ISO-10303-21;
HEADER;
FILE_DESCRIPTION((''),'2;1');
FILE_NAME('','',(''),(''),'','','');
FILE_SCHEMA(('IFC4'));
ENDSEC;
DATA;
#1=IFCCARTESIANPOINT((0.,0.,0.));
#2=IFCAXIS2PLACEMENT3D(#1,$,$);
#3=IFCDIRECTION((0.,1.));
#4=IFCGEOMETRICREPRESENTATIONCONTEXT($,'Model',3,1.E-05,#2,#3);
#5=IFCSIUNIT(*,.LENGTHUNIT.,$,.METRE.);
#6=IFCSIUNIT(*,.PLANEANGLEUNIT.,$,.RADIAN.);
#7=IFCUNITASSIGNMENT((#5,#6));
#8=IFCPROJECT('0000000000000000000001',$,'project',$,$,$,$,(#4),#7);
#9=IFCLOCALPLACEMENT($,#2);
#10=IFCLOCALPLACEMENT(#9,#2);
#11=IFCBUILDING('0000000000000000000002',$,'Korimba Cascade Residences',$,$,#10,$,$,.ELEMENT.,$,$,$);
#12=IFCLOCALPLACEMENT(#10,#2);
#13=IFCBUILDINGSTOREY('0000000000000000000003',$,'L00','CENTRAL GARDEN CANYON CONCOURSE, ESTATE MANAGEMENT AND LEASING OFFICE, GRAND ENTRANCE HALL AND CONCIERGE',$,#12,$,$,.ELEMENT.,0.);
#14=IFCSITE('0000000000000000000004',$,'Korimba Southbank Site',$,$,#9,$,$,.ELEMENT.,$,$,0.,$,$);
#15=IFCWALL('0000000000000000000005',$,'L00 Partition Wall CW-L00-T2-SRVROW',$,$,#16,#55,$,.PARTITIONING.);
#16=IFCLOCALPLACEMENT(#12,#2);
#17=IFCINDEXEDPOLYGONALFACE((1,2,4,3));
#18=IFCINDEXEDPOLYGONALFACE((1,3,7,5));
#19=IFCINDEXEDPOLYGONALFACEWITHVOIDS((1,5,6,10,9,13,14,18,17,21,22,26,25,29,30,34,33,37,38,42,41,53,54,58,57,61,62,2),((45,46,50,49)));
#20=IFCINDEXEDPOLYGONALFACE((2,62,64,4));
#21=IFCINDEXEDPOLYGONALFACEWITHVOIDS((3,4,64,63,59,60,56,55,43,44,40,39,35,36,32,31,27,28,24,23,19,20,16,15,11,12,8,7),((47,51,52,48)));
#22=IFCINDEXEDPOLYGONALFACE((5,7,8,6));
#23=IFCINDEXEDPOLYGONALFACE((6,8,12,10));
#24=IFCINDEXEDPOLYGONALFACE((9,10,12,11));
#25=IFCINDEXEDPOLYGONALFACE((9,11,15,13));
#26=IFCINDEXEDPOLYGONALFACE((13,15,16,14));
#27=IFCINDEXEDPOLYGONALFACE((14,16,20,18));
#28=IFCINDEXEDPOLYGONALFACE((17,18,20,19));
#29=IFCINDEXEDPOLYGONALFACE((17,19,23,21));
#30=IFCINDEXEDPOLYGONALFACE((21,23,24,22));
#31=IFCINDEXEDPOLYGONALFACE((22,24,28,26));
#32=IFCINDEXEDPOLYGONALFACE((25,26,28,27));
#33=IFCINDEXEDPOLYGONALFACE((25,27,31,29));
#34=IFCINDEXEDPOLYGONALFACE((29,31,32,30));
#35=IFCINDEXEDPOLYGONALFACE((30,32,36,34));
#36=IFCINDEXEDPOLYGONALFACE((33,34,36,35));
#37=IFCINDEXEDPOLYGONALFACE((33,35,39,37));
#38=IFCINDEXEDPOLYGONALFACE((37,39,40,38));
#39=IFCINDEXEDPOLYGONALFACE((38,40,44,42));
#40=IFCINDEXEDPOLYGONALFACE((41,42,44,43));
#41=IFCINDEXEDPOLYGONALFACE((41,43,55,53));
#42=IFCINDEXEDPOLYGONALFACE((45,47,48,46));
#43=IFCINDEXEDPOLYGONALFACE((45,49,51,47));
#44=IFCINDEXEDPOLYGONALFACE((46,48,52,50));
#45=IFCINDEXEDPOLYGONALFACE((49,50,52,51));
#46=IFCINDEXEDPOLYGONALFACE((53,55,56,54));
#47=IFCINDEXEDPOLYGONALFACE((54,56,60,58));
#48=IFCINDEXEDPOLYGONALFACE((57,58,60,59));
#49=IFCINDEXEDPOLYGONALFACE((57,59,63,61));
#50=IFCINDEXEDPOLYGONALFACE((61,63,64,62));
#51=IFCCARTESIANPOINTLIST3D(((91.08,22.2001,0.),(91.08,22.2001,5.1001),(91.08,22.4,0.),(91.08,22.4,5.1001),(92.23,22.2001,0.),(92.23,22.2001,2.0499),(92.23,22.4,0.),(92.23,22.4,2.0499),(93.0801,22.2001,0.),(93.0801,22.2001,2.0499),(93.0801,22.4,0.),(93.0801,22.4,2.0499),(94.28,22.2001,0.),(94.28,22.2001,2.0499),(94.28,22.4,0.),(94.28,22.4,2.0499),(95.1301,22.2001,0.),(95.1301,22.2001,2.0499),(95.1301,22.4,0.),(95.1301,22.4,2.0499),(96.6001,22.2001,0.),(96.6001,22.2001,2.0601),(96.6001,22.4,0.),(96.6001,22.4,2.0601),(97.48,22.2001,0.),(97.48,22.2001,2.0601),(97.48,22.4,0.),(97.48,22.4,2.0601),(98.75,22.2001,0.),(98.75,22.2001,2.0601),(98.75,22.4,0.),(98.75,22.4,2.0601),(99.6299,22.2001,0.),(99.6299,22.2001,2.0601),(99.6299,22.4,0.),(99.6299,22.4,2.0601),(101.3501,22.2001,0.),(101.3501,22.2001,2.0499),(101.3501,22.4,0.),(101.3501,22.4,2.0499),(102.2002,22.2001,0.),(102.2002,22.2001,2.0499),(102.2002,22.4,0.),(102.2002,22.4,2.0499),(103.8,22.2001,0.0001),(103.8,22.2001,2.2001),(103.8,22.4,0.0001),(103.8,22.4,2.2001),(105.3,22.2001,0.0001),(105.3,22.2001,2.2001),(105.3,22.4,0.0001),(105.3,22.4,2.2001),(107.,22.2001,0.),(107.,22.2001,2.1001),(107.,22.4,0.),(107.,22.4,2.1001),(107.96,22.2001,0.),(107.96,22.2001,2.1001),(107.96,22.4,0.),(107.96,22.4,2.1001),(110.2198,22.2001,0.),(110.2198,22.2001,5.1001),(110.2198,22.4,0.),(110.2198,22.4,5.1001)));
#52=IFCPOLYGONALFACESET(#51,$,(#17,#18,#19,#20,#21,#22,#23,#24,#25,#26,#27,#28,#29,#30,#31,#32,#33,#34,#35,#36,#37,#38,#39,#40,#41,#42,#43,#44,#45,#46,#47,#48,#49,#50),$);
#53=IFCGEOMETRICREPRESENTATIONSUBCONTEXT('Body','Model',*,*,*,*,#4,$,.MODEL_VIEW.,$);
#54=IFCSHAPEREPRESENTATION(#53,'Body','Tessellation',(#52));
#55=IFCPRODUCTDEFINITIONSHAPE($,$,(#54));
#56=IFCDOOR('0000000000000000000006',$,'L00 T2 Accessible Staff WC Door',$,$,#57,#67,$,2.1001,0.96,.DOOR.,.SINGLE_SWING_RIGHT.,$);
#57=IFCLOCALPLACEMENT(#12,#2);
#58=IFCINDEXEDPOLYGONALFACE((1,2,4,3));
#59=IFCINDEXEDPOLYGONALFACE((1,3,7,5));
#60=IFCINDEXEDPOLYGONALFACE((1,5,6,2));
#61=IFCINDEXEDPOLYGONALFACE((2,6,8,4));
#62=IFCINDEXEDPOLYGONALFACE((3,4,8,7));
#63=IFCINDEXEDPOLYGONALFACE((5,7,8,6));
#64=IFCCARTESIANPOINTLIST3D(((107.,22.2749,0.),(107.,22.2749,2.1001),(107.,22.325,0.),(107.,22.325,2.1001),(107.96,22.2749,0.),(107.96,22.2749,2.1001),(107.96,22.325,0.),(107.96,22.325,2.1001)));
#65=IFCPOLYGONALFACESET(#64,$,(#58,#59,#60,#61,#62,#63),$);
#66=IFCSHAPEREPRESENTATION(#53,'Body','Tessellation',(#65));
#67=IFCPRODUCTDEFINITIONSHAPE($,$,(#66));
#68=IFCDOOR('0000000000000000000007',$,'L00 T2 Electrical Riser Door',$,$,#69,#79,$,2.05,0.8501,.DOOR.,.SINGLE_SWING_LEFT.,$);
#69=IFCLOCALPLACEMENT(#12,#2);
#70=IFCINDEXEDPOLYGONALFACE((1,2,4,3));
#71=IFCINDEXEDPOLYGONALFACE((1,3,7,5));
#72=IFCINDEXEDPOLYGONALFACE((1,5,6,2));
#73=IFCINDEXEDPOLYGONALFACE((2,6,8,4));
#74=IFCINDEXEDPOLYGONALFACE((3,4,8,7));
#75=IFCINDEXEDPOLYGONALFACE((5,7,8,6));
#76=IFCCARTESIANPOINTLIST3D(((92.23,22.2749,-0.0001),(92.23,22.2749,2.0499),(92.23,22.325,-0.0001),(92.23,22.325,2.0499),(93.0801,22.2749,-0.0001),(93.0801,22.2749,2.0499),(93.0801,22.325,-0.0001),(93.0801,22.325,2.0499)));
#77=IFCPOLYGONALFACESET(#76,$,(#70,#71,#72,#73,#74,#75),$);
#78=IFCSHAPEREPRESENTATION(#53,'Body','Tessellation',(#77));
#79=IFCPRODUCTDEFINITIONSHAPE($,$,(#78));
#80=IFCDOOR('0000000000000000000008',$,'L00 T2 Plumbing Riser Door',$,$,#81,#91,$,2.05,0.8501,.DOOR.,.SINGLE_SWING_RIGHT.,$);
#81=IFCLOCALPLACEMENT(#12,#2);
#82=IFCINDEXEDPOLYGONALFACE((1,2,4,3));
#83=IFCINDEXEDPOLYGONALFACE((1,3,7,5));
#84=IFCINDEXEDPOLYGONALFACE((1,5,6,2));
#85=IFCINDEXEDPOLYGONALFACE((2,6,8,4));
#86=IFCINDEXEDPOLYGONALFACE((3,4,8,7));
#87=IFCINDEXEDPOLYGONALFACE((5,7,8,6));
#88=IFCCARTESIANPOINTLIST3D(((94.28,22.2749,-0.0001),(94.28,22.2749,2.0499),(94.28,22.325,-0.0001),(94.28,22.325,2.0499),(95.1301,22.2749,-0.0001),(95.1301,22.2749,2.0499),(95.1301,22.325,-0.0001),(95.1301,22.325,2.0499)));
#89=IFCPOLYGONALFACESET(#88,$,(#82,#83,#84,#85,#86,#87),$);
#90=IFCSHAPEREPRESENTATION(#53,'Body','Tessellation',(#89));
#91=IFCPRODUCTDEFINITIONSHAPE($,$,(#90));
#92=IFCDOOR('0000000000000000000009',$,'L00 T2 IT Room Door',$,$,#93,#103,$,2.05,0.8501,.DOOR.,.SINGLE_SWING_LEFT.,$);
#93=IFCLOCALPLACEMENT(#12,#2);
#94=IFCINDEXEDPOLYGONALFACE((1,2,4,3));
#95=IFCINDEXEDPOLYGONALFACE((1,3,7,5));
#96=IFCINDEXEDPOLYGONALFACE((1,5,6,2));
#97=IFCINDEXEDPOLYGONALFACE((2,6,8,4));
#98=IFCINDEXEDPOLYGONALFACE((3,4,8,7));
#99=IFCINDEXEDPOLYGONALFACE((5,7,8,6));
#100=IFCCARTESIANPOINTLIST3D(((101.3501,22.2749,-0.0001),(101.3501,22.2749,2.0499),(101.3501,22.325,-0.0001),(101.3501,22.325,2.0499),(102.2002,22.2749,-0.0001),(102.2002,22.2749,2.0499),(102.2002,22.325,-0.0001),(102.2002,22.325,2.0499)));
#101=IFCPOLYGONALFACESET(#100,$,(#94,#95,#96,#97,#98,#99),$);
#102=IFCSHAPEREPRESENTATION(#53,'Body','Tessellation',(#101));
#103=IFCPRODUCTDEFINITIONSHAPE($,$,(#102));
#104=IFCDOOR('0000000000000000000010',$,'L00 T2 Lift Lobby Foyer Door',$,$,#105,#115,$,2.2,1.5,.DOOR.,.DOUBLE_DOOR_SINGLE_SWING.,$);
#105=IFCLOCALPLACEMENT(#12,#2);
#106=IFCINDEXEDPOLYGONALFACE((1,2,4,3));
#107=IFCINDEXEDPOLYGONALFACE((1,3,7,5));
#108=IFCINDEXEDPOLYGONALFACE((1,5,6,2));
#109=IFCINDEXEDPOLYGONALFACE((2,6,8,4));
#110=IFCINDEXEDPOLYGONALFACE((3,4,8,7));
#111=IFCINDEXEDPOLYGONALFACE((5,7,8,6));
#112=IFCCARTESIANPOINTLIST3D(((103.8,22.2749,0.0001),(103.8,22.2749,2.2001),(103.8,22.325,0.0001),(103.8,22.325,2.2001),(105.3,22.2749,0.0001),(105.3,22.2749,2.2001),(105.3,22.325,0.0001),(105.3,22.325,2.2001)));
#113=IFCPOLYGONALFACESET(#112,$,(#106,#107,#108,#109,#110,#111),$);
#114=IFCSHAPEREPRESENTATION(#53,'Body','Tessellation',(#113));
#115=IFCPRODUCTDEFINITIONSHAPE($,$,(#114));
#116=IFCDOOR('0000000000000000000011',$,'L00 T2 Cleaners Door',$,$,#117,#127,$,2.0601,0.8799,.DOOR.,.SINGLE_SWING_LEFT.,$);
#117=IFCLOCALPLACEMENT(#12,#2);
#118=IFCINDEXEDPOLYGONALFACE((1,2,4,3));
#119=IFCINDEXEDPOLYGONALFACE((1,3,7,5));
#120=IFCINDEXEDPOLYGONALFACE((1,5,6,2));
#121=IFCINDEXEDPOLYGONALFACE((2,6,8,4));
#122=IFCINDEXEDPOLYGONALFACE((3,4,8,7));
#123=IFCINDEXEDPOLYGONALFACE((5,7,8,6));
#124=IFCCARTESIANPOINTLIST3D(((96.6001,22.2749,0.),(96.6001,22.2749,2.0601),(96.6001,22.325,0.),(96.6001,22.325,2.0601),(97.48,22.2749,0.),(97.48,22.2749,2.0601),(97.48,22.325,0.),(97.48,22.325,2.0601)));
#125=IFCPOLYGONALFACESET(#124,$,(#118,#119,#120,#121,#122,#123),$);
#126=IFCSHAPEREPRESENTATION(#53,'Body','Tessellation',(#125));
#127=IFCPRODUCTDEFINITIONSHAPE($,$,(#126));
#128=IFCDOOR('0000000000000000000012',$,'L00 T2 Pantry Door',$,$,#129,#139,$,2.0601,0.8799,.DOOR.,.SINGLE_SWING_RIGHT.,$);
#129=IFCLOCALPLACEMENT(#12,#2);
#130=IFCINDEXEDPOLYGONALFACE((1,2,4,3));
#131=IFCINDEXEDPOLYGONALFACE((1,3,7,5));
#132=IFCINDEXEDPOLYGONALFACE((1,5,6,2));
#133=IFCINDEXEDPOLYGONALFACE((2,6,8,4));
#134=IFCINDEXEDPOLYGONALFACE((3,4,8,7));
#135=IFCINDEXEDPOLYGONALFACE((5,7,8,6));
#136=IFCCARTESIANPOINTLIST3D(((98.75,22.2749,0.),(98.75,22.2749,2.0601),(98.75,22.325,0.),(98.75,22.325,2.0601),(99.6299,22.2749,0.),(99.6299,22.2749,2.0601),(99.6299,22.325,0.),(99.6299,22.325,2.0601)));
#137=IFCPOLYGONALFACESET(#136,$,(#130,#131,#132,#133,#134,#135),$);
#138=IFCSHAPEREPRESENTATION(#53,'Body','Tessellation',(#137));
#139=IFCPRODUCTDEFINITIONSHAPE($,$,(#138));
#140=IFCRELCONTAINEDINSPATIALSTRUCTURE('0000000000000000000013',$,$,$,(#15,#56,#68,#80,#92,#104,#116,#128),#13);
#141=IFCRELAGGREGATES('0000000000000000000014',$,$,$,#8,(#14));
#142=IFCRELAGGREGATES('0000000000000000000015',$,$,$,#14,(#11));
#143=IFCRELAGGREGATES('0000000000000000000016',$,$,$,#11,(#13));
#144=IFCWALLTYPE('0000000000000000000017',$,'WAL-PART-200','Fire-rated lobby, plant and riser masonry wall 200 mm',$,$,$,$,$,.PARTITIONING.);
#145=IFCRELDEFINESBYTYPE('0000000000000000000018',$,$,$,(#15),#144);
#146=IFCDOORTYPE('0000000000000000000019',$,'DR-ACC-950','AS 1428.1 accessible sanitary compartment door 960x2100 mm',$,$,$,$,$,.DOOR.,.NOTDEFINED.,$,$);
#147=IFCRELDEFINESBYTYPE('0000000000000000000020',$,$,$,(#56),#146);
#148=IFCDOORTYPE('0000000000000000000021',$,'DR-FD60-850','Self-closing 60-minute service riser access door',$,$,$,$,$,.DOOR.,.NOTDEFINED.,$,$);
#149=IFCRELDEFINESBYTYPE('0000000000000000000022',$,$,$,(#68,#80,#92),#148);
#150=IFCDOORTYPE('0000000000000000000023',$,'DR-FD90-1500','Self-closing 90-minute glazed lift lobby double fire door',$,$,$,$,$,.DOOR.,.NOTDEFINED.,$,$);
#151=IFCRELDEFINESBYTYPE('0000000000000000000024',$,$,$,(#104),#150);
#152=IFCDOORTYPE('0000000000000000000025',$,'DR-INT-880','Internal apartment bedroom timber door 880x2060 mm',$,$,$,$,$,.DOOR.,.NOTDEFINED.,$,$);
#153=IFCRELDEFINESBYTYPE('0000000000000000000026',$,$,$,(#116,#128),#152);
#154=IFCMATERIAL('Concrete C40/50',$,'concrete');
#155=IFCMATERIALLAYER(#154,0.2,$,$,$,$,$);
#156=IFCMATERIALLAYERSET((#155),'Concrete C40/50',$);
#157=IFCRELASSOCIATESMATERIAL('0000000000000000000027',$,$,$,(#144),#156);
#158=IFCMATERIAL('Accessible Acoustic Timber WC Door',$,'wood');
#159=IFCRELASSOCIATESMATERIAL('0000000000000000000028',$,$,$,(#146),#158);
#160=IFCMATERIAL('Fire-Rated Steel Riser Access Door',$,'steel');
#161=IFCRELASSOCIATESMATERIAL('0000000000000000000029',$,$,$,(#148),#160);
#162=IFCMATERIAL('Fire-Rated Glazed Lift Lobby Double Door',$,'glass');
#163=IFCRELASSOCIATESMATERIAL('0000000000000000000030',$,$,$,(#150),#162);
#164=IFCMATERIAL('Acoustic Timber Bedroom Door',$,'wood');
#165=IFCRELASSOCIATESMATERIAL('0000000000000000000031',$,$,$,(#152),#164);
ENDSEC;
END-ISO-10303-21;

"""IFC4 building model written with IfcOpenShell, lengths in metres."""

from ifc_helpers import new_model, si_unit, direction, frame, frame_2d, origin, place, context, subcontext, project, spatial, rectangle, extrude, material, layer, layer_set, type_object, element, fill, save


model = new_model("IFC4")

# Units and contexts
model_context = context("Model", 3, precision=1e-05, world=origin(), true_north=direction((0.0, 1.0)))
body_context = subcontext(model_context, "Body", "Model", "MODEL_VIEW")
ifc_project = project(units=[si_unit("LENGTHUNIT", "METRE"), si_unit("PLANEANGLEUNIT", "RADIAN")], contexts=[model_context])

# Site, building, storey
site_placement = place(None, origin())
site = spatial("IfcSite", under=ifc_project, at=site_placement, Name="Korimba Southbank Site", CompositionType="ELEMENT", RefElevation=0.0)
building_placement = place(site_placement, origin())
building = spatial("IfcBuilding", under=site, at=building_placement, Name="Korimba Cascade Residences", CompositionType="ELEMENT")
storey_placement = place(building_placement, origin())
storey = spatial("IfcBuildingStorey", under=building, at=storey_placement, Name="L00", Description="CENTRAL GARDEN CANYON CONCOURSE, ESTATE MANAGEMENT AND LEASING OFFICE, GRAND ENTRANCE HALL AND CONCIERGE", CompositionType="ELEMENT", Elevation=0.0)

# Shared definitions
ifc_material_1 = material(Name="Concrete C40/50", Category="concrete")
ifc_layer_1 = layer(ifc_material_1, 0.2)
ifc_layer_set_1 = layer_set([ifc_layer_1], Name="Concrete C40/50")
wall_type_1 = type_object("IfcWallType", Name="WAL-PART-200", Description="Fire-rated lobby, plant and riser masonry wall 200 mm", PredefinedType="PARTITIONING", material=ifc_layer_set_1)

# Wall, openings, doors
wall_1_placement = place(storey_placement, frame((91.0801, 22.3, 0.0), z_axis=(0.0, 0.0, 1.0), x_axis=(1.0, 0.0, 0.0)))
wall_1 = element("IfcWall", 1, at=wall_1_placement, inside=storey, type_object=wall_type_1, Name="L00 Partition Wall CW-L00-T2-SRVROW", PredefinedType="PARTITIONING", context=body_context, shape_type="SweptSolid", body=[
    extrude(rectangle(XDim=19.1399, YDim=0.2, at=frame_2d((9.5698, 0.0))), origin(), (0.0, 0.0, 1.0), 5.1001),
])
opening_1_placement = place(wall_1_placement, frame((1.1499, 0.0, 0.0)))
opening_1 = element("IfcOpeningElement", 2, at=opening_1_placement, cuts=wall_1, PredefinedType="OPENING", context=body_context, shape_type="SweptSolid", body=[
    extrude(rectangle(XDim=0.8501, YDim=2.05, at=frame_2d((0.425, 1.0249))), frame((0.0, 0.1099, 0.0), z_axis=(0.0, -1.0, 0.0), x_axis=(1.0, 0.0, 0.0)), (0.0, 0.0, 1.0), 0.22),
])
opening_2_placement = place(wall_1_placement, frame((3.2, 0.0, 0.0)))
opening_2 = element("IfcOpeningElement", 3, at=opening_2_placement, cuts=wall_1, PredefinedType="OPENING", context=body_context, shape_type="SweptSolid", body=[
    extrude(rectangle(XDim=0.8501, YDim=2.05, at=frame_2d((0.425, 1.0249))), frame((0.0, 0.1099, 0.0), z_axis=(0.0, -1.0, 0.0), x_axis=(1.0, 0.0, 0.0)), (0.0, 0.0, 1.0), 0.22),
])
opening_3_placement = place(wall_1_placement, frame((12.72, 0.0, 0.0)))
opening_3 = element("IfcOpeningElement", 4, at=opening_3_placement, cuts=wall_1, PredefinedType="OPENING", context=body_context, shape_type="SweptSolid", body=[
    extrude(rectangle(XDim=1.5, YDim=2.2, at=frame_2d((0.75, 1.1001))), frame((0.0, 0.1099, 0.0), z_axis=(0.0, -1.0, 0.0), x_axis=(1.0, 0.0, 0.0)), (0.0, 0.0, 1.0), 0.22),
])
opening_4_placement = place(wall_1_placement, frame((5.52, 0.0, 0.0)))
opening_4 = element("IfcOpeningElement", 5, at=opening_4_placement, cuts=wall_1, PredefinedType="OPENING", context=body_context, shape_type="SweptSolid", body=[
    extrude(rectangle(XDim=0.8799, YDim=2.0601, at=frame_2d((0.4399, 1.03))), frame((0.0, 0.1099, 0.0), z_axis=(0.0, -1.0, 0.0), x_axis=(1.0, 0.0, 0.0)), (0.0, 0.0, 1.0), 0.22),
])
opening_5_placement = place(wall_1_placement, frame((7.6699, 0.0, 0.0)))
opening_5 = element("IfcOpeningElement", 6, at=opening_5_placement, cuts=wall_1, PredefinedType="OPENING", context=body_context, shape_type="SweptSolid", body=[
    extrude(rectangle(XDim=0.8799, YDim=2.0601, at=frame_2d((0.4399, 1.03))), frame((0.0, 0.1099, 0.0), z_axis=(0.0, -1.0, 0.0), x_axis=(1.0, 0.0, 0.0)), (0.0, 0.0, 1.0), 0.22),
])
opening_6_placement = place(wall_1_placement, frame((10.27, 0.0, 0.0)))
opening_6 = element("IfcOpeningElement", 7, at=opening_6_placement, cuts=wall_1, PredefinedType="OPENING", context=body_context, shape_type="SweptSolid", body=[
    extrude(rectangle(XDim=0.8501, YDim=2.05, at=frame_2d((0.425, 1.0249))), frame((0.0, 0.1099, 0.0), z_axis=(0.0, -1.0, 0.0), x_axis=(1.0, 0.0, 0.0)), (0.0, 0.0, 1.0), 0.22),
])
opening_7_placement = place(wall_1_placement, frame((15.9199, 0.0, 0.0)))
opening_7 = element("IfcOpeningElement", 8, at=opening_7_placement, cuts=wall_1, PredefinedType="OPENING", context=body_context, shape_type="SweptSolid", body=[
    extrude(rectangle(XDim=0.96, YDim=2.1001, at=frame_2d((0.48, 1.05))), frame((0.0, 0.1099, 0.0), z_axis=(0.0, -1.0, 0.0), x_axis=(1.0, 0.0, 0.0)), (0.0, 0.0, 1.0), 0.22),
])
ifc_material_2 = material(Name="Accessible Acoustic Timber WC Door", Category="wood")
door_type_1 = type_object("IfcDoorType", Name="DR-ACC-950", Description="AS 1428.1 accessible sanitary compartment door 960x2100 mm", OperationType="NOTDEFINED", PredefinedType="DOOR", material=ifc_material_2)
door_1_placement = place(opening_7_placement, origin())
door_1 = element("IfcDoor", 9, at=door_1_placement, inside=storey, type_object=door_type_1, Name="L00 T2 Accessible Staff WC Door", OperationType="SINGLE_SWING_RIGHT", OverallHeight=2.1001, OverallWidth=0.96, PredefinedType="DOOR", context=body_context, shape_type="SweptSolid", body=[
    extrude(rectangle(XDim=0.96, YDim=2.1001, at=frame_2d((0.48, 1.05))), frame((0.0, 0.0249, 0.0), z_axis=(0.0, -1.0, 0.0), x_axis=(1.0, 0.0, 0.0)), (0.0, 0.0, 1.0), 0.05),
])
fill(opening_7, door_1)
ifc_material_3 = material(Name="Fire-Rated Steel Riser Access Door", Category="steel")
door_type_2 = type_object("IfcDoorType", Name="DR-FD60-850", Description="Self-closing 60-minute service riser access door", OperationType="NOTDEFINED", PredefinedType="DOOR", material=ifc_material_3)
door_2_placement = place(opening_1_placement, origin())
door_2 = element("IfcDoor", 10, at=door_2_placement, inside=storey, type_object=door_type_2, Name="L00 T2 Electrical Riser Door", OperationType="SINGLE_SWING_LEFT", OverallHeight=2.05, OverallWidth=0.8501, PredefinedType="DOOR", context=body_context, shape_type="SweptSolid", body=[
    extrude(rectangle(XDim=0.8501, YDim=2.05, at=frame_2d((0.425, 1.0249))), frame((0.0, 0.0249, 0.0), z_axis=(0.0, -1.0, 0.0), x_axis=(1.0, 0.0, 0.0)), (0.0, 0.0, 1.0), 0.05),
])
fill(opening_1, door_2)
door_3_placement = place(opening_2_placement, origin())
door_3 = element("IfcDoor", 11, at=door_3_placement, inside=storey, type_object=door_type_2, Name="L00 T2 Plumbing Riser Door", OperationType="SINGLE_SWING_RIGHT", OverallHeight=2.05, OverallWidth=0.8501, PredefinedType="DOOR", context=body_context, shape_type="SweptSolid", body=[
    extrude(rectangle(XDim=0.8501, YDim=2.05, at=frame_2d((0.425, 1.0249))), frame((0.0, 0.0249, 0.0), z_axis=(0.0, -1.0, 0.0), x_axis=(1.0, 0.0, 0.0)), (0.0, 0.0, 1.0), 0.05),
])
fill(opening_2, door_3)
door_4_placement = place(opening_6_placement, origin())
door_4 = element("IfcDoor", 12, at=door_4_placement, inside=storey, type_object=door_type_2, Name="L00 T2 IT Room Door", OperationType="SINGLE_SWING_LEFT", OverallHeight=2.05, OverallWidth=0.8501, PredefinedType="DOOR", context=body_context, shape_type="SweptSolid", body=[
    extrude(rectangle(XDim=0.8501, YDim=2.05, at=frame_2d((0.425, 1.0249))), frame((0.0, 0.0249, 0.0), z_axis=(0.0, -1.0, 0.0), x_axis=(1.0, 0.0, 0.0)), (0.0, 0.0, 1.0), 0.05),
])
fill(opening_6, door_4)
ifc_material_4 = material(Name="Fire-Rated Glazed Lift Lobby Double Door", Category="glass")
door_type_3 = type_object("IfcDoorType", Name="DR-FD90-1500", Description="Self-closing 90-minute glazed lift lobby double fire door", OperationType="NOTDEFINED", PredefinedType="DOOR", material=ifc_material_4)
door_5_placement = place(opening_3_placement, origin())
door_5 = element("IfcDoor", 13, at=door_5_placement, inside=storey, type_object=door_type_3, Name="L00 T2 Lift Lobby Foyer Door", OperationType="DOUBLE_DOOR_SINGLE_SWING", OverallHeight=2.2, OverallWidth=1.5, PredefinedType="DOOR", context=body_context, shape_type="SweptSolid", body=[
    extrude(rectangle(XDim=1.5, YDim=2.2, at=frame_2d((0.75, 1.1001))), frame((0.0, 0.0249, 0.0), z_axis=(0.0, -1.0, 0.0), x_axis=(1.0, 0.0, 0.0)), (0.0, 0.0, 1.0), 0.05),
])
fill(opening_3, door_5)
ifc_material_5 = material(Name="Acoustic Timber Bedroom Door", Category="wood")
door_type_4 = type_object("IfcDoorType", Name="DR-INT-880", Description="Internal apartment bedroom timber door 880x2060 mm", OperationType="NOTDEFINED", PredefinedType="DOOR", material=ifc_material_5)
door_6_placement = place(opening_4_placement, origin())
door_6 = element("IfcDoor", 14, at=door_6_placement, inside=storey, type_object=door_type_4, Name="L00 T2 Cleaners Door", OperationType="SINGLE_SWING_LEFT", OverallHeight=2.0601, OverallWidth=0.8799, PredefinedType="DOOR", context=body_context, shape_type="SweptSolid", body=[
    extrude(rectangle(XDim=0.8799, YDim=2.0601, at=frame_2d((0.4399, 1.03))), frame((0.0, 0.0249, 0.0), z_axis=(0.0, -1.0, 0.0), x_axis=(1.0, 0.0, 0.0)), (0.0, 0.0, 1.0), 0.05),
])
fill(opening_4, door_6)
door_7_placement = place(opening_5_placement, origin())
door_7 = element("IfcDoor", 15, at=door_7_placement, inside=storey, type_object=door_type_4, Name="L00 T2 Pantry Door", OperationType="SINGLE_SWING_RIGHT", OverallHeight=2.0601, OverallWidth=0.8799, PredefinedType="DOOR", context=body_context, shape_type="SweptSolid", body=[
    extrude(rectangle(XDim=0.8799, YDim=2.0601, at=frame_2d((0.4399, 1.03))), frame((0.0, 0.0249, 0.0), z_axis=(0.0, -1.0, 0.0), x_axis=(1.0, 0.0, 0.0)), (0.0, 0.0, 1.0), 0.05),
])
fill(opening_5, door_7)

save(model, "model.ifc")
